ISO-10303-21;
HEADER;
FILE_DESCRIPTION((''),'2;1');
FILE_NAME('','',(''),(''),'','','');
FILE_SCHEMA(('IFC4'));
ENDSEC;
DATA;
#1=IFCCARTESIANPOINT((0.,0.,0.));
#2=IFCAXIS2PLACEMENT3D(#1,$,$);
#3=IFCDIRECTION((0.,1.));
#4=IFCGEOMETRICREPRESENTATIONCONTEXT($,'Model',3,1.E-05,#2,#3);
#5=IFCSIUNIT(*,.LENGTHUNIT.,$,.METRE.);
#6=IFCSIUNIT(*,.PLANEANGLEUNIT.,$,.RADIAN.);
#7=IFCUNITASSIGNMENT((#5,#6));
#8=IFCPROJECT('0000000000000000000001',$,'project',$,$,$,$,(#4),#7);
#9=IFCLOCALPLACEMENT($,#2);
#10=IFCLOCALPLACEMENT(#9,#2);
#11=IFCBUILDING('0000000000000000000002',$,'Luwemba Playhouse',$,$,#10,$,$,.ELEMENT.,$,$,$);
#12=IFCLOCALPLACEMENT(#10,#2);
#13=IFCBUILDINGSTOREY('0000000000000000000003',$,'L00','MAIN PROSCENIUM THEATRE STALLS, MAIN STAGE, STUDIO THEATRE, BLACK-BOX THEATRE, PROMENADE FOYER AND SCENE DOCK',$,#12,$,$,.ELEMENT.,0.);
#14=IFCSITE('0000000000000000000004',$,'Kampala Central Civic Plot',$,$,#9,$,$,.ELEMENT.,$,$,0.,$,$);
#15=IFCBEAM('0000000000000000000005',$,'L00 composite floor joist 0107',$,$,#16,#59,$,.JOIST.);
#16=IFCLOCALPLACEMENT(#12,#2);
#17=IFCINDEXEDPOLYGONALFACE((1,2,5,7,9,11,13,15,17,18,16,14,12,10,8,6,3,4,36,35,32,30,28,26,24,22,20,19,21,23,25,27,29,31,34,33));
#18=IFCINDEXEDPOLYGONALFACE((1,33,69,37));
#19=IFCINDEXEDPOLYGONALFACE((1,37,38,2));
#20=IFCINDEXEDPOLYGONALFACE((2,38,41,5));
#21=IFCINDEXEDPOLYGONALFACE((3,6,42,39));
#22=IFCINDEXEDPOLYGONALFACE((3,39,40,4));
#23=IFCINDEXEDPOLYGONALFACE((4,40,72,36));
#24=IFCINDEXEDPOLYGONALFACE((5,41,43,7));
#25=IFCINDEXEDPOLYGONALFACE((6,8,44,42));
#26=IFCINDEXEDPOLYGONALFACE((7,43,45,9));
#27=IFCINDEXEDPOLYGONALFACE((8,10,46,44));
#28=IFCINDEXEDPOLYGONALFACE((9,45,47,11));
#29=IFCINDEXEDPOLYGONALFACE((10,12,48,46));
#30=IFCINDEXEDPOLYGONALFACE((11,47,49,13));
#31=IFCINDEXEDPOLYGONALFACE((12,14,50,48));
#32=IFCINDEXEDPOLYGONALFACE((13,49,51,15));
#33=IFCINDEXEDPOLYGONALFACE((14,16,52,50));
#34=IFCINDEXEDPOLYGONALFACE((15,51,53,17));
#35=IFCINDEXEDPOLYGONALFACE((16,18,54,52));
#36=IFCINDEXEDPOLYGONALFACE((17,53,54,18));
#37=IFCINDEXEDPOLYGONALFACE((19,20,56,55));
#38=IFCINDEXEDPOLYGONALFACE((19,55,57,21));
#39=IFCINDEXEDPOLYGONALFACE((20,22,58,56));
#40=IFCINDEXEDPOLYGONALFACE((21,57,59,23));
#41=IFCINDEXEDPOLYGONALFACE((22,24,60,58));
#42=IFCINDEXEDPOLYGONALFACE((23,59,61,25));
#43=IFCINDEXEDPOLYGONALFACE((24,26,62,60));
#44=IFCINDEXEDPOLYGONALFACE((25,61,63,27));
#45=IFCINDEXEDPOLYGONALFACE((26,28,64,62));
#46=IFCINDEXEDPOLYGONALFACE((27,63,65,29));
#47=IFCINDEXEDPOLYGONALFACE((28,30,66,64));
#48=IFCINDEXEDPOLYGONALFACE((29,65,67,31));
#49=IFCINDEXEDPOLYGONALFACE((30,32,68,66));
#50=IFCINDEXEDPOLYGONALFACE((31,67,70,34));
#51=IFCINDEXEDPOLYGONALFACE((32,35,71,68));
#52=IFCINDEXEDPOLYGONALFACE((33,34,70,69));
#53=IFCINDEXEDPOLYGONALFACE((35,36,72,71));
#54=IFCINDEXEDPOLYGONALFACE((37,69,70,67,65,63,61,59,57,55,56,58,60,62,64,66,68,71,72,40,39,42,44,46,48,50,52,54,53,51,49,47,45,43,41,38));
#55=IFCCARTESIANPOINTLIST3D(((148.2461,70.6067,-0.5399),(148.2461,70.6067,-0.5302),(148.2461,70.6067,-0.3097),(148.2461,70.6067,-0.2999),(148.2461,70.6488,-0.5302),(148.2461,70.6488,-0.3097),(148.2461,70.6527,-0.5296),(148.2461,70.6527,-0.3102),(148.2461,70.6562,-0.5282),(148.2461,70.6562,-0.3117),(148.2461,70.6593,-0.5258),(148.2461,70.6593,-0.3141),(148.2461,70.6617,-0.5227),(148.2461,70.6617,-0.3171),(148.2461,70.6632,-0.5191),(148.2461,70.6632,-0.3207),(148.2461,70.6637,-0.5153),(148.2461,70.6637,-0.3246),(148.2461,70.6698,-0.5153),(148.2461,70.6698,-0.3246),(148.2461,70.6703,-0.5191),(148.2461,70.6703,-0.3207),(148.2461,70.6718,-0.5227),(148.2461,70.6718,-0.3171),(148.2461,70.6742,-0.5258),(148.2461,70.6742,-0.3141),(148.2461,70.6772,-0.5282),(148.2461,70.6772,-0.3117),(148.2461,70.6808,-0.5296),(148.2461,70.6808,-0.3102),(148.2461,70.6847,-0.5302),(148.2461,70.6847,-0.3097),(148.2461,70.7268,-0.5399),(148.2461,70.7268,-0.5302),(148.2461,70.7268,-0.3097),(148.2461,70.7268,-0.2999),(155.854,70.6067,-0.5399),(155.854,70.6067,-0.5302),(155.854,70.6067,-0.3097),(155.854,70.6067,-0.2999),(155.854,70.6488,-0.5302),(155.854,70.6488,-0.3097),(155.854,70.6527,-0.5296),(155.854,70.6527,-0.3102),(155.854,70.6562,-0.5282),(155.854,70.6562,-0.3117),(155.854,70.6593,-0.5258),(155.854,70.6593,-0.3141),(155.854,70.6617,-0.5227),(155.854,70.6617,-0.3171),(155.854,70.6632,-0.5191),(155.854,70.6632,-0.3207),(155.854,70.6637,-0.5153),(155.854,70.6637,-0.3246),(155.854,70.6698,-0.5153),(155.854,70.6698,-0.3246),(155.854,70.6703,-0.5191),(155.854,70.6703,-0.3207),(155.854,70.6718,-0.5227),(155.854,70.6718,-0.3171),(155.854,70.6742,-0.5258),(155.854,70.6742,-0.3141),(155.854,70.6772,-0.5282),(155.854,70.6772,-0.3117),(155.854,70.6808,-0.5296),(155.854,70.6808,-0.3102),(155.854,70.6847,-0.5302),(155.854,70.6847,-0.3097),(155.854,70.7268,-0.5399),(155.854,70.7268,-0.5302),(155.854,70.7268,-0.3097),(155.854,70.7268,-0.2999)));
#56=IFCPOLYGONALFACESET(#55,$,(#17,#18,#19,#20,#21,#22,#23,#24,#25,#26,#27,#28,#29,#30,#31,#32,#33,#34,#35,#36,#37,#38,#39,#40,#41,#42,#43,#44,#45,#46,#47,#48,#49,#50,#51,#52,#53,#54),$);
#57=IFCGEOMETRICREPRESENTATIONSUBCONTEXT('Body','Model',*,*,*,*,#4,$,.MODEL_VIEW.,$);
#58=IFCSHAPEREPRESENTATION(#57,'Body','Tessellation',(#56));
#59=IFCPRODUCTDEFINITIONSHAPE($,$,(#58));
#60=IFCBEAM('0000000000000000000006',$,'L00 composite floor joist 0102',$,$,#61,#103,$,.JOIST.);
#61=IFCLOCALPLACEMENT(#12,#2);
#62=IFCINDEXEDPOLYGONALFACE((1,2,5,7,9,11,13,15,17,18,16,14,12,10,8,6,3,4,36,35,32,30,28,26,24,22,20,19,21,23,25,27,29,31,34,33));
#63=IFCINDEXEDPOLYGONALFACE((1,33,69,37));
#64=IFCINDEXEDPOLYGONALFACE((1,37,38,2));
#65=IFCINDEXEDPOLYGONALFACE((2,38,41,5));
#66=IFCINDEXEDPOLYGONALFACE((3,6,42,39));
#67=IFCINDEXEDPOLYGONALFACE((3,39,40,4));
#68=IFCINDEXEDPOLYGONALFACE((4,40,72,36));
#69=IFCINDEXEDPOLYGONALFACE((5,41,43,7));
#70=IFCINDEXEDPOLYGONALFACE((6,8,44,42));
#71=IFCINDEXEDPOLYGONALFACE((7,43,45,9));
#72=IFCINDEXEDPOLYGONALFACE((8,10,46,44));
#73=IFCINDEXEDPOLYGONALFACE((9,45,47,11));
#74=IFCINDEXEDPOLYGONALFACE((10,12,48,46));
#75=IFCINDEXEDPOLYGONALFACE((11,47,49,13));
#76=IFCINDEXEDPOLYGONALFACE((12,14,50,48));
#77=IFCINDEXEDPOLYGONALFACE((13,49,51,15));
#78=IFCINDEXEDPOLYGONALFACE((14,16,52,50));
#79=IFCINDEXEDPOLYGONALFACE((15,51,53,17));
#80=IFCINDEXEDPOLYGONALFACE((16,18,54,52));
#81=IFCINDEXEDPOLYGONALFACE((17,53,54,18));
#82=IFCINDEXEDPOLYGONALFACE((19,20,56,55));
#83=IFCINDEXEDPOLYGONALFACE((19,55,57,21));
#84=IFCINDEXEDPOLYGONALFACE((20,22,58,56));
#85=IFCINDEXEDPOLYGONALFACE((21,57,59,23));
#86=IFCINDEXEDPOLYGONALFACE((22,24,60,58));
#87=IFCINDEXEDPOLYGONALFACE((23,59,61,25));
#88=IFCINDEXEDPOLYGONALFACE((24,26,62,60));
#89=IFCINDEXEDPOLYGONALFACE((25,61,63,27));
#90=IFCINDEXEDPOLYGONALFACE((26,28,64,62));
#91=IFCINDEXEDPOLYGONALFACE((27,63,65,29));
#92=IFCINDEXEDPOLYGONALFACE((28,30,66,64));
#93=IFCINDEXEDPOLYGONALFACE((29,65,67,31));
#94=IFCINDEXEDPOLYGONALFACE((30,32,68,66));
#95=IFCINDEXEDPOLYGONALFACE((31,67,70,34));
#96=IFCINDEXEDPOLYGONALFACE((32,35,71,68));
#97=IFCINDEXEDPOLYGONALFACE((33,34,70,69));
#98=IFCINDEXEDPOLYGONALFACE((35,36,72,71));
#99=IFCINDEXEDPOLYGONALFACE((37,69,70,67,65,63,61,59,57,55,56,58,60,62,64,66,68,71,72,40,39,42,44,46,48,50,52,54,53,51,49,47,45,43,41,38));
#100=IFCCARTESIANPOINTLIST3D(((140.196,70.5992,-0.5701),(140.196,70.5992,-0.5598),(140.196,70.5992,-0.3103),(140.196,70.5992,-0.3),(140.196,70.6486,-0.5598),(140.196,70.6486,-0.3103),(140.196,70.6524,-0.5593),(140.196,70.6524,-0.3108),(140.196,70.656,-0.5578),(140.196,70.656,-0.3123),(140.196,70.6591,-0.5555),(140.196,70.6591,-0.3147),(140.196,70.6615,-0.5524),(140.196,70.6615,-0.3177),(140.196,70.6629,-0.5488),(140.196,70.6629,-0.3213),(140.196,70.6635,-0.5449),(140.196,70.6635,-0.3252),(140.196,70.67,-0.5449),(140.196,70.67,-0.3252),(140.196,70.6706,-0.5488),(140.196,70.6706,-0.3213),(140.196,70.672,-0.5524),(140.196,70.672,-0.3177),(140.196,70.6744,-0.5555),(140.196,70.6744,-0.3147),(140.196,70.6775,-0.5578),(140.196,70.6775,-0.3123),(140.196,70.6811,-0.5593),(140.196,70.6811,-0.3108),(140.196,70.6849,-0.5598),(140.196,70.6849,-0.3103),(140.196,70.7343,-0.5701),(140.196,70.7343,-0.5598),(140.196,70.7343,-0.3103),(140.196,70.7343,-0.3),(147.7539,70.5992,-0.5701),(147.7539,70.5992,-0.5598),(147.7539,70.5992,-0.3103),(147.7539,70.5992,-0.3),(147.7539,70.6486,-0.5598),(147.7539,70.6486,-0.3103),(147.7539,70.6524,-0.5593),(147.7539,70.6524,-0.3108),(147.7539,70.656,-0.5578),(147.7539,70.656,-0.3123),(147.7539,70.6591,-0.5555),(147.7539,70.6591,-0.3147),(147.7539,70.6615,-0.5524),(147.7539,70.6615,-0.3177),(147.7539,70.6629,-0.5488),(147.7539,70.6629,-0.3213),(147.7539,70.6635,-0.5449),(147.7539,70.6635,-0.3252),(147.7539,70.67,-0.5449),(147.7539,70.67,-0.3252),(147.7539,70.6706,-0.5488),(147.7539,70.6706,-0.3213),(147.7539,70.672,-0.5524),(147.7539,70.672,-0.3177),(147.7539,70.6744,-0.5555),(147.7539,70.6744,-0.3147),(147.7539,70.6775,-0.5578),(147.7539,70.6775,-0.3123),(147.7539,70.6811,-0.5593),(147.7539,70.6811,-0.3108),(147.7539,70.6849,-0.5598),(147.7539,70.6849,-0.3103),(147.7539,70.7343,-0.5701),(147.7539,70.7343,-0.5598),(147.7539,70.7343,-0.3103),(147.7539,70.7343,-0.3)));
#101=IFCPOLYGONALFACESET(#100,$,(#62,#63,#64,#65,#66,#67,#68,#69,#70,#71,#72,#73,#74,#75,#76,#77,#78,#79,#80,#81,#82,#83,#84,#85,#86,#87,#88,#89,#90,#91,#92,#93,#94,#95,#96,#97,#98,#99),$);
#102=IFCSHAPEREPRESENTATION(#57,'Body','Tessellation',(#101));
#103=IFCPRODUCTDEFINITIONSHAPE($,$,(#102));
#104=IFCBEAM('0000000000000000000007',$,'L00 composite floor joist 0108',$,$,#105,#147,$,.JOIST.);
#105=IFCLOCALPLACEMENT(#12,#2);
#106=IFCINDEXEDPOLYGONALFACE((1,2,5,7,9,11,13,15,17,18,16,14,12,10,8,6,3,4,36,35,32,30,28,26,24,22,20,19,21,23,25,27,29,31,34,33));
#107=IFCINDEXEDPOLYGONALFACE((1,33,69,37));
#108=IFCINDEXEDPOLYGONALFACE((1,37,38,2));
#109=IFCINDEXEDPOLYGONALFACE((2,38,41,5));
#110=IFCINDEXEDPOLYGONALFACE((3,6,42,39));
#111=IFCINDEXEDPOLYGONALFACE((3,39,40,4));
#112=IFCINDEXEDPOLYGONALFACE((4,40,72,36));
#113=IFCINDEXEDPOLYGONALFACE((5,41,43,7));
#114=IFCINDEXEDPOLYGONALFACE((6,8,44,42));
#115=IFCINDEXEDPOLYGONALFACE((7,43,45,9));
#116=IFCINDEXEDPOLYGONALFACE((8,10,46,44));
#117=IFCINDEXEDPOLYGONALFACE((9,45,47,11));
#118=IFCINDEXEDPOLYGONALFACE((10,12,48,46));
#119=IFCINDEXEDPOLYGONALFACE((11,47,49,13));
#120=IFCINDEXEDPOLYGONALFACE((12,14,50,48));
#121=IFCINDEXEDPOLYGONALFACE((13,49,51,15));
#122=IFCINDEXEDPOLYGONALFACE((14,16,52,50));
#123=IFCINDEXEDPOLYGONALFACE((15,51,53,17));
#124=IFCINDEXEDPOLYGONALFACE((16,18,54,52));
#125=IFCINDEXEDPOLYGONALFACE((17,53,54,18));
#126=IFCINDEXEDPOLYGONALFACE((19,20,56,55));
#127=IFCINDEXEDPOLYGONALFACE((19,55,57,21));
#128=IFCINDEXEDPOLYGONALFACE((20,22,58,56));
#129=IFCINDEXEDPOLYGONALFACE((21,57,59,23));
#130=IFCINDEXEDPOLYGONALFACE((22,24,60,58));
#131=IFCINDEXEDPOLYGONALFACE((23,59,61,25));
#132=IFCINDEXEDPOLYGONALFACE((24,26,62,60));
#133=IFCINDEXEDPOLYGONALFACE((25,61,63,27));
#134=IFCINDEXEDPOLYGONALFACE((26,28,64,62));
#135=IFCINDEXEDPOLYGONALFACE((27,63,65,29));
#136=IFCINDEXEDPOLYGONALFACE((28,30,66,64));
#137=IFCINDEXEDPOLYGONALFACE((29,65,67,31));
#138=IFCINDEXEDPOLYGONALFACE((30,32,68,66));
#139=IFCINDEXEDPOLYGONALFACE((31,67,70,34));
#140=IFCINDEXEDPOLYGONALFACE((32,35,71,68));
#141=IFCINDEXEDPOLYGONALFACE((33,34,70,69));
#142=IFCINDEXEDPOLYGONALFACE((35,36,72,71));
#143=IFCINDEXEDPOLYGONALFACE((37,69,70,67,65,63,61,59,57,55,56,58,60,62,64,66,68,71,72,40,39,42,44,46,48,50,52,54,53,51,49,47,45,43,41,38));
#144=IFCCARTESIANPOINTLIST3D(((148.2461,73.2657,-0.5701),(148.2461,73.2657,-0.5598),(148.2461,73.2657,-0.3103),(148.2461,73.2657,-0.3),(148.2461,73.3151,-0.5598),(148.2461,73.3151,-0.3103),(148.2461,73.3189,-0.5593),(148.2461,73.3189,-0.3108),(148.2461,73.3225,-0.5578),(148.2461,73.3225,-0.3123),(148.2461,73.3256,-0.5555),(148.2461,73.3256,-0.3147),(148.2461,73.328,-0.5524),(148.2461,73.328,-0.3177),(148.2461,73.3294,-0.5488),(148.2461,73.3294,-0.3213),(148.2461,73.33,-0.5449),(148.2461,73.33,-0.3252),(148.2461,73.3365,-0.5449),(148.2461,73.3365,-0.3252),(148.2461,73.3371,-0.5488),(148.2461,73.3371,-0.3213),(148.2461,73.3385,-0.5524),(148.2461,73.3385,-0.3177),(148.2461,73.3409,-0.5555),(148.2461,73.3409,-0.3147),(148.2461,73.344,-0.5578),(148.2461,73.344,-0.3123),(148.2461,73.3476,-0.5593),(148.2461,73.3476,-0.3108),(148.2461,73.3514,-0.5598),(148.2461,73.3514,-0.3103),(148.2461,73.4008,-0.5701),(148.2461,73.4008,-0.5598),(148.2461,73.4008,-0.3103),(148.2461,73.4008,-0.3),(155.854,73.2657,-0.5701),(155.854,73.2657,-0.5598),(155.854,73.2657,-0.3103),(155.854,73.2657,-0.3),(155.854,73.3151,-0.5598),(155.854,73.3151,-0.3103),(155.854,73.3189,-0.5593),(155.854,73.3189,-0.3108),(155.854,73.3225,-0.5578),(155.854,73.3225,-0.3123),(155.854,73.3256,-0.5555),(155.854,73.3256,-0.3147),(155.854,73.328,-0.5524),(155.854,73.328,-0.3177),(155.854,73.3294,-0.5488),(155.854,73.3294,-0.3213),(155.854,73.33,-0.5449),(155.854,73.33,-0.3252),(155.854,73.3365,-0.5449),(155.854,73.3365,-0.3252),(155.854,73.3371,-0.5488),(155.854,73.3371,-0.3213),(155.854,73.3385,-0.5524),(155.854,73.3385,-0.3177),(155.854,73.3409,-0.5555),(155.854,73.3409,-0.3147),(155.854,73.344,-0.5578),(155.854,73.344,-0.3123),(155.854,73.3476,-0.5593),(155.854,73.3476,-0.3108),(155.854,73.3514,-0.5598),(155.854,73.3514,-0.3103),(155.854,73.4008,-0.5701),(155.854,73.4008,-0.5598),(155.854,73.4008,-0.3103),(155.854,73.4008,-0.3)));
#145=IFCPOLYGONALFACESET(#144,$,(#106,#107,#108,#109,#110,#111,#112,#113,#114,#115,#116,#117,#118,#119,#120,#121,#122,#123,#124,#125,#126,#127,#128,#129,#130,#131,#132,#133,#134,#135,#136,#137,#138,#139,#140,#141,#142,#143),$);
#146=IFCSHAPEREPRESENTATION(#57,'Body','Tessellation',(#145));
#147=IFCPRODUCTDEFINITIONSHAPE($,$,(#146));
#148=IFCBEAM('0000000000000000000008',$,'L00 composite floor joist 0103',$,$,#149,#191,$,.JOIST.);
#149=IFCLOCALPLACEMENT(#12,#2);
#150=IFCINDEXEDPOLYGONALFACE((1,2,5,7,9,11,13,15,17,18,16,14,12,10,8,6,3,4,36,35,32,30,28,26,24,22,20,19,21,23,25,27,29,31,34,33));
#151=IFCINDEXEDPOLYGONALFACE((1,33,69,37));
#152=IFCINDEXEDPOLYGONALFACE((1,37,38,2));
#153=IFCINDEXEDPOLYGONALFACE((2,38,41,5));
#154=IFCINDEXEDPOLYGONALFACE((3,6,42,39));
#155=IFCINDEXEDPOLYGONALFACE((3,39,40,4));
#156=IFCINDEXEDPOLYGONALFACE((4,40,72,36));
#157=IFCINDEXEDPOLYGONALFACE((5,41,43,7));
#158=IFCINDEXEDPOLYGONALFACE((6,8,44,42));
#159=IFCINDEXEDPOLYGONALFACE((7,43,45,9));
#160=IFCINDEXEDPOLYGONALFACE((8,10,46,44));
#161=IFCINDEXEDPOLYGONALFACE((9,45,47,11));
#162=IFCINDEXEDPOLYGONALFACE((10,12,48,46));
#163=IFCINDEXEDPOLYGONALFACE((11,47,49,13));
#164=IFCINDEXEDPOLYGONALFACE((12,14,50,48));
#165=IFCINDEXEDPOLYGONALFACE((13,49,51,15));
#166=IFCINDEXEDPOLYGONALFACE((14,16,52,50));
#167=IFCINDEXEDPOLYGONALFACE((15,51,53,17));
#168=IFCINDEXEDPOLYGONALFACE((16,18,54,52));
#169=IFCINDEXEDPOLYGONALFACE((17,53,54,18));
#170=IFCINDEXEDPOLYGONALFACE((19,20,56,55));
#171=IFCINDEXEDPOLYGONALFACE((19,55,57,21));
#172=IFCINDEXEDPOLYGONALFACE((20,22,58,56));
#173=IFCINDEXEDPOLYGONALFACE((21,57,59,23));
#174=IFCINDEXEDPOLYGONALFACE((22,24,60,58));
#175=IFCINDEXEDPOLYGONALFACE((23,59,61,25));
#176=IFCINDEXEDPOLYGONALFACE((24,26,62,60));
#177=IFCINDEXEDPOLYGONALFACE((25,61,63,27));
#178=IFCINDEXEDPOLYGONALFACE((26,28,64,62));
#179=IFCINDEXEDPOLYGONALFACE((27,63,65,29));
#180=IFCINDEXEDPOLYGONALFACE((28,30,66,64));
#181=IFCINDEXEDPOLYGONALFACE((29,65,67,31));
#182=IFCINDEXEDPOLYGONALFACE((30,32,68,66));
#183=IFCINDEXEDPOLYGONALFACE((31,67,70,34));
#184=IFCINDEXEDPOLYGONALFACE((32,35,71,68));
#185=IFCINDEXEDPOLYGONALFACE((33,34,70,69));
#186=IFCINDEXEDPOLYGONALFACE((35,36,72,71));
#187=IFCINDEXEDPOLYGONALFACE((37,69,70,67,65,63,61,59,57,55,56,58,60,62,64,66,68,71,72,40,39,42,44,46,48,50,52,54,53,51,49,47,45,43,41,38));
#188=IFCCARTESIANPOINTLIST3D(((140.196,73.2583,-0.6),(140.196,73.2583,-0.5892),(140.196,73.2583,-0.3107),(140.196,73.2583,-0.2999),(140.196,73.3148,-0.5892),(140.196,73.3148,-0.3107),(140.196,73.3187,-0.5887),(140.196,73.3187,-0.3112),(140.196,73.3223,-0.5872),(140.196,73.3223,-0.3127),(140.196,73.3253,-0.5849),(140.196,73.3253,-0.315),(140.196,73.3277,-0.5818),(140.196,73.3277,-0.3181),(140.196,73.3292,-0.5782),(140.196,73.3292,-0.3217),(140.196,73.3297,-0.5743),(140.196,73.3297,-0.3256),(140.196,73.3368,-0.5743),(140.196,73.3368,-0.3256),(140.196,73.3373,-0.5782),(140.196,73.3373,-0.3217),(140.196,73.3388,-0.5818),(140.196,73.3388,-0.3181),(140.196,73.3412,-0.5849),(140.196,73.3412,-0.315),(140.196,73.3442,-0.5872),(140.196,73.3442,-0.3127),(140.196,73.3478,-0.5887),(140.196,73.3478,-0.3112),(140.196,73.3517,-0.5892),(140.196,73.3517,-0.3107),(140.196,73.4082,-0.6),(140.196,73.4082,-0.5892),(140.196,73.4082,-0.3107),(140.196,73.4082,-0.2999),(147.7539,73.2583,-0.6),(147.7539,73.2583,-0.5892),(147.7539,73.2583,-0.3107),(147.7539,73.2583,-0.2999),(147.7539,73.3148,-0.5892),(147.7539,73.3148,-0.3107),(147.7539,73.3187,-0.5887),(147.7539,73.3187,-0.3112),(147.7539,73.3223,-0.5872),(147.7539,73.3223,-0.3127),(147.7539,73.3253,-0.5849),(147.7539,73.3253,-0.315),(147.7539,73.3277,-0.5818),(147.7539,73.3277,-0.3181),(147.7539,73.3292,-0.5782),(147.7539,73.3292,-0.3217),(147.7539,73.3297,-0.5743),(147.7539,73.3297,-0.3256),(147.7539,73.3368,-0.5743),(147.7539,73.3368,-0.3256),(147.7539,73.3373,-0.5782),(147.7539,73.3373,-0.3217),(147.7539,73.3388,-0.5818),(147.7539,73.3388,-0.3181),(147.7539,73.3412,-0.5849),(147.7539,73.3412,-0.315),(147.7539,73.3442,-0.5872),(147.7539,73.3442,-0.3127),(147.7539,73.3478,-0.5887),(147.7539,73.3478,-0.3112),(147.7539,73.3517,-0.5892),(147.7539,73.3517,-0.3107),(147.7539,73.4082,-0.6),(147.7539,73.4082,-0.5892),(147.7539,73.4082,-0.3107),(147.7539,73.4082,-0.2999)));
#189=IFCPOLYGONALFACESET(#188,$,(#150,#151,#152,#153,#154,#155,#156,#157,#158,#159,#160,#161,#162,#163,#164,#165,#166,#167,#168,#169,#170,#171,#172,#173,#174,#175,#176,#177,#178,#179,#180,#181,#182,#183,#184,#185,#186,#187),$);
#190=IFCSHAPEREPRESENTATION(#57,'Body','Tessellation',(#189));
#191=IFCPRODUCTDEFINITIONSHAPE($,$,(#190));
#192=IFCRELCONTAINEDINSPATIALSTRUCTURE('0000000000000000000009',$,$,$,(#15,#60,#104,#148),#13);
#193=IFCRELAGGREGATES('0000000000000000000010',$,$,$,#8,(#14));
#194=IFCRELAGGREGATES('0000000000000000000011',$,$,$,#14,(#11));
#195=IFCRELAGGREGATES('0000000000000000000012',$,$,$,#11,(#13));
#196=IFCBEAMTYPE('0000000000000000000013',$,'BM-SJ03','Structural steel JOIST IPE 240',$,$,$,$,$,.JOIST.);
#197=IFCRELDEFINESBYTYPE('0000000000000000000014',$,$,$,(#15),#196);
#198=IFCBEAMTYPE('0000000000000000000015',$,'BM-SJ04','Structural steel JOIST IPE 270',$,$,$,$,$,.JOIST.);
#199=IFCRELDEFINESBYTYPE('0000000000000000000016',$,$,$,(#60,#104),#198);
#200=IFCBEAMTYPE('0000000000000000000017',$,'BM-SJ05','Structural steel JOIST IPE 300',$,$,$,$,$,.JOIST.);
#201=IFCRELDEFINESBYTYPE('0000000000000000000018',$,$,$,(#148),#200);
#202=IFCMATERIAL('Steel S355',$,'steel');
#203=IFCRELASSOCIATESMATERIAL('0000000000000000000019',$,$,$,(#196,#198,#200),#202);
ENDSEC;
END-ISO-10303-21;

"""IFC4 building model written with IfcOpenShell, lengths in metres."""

from ifc_helpers import new_model, si_unit, direction, frame, origin, origin_2d, place, context, subcontext, project, spatial, i_section, extrude, material, material_profile, profile_set, type_object, element, save


model = new_model("IFC4")

# Units and contexts
model_context = context("Model", 3, precision=1e-05, world=origin(), true_north=direction((0.0, 1.0)))
body_context = subcontext(model_context, "Body", "Model", "MODEL_VIEW")
ifc_project = project(units=[si_unit("LENGTHUNIT", "METRE"), si_unit("PLANEANGLEUNIT", "RADIAN")], contexts=[model_context])

# Site, building, storey
site_placement = place(None, origin())
site = spatial("IfcSite", under=ifc_project, at=site_placement, Name="Kampala Central Civic Plot", CompositionType="ELEMENT", RefElevation=0.0)
building_placement = place(site_placement, origin())
building = spatial("IfcBuilding", under=site, at=building_placement, Name="Luwemba Playhouse", CompositionType="ELEMENT")
storey_placement = place(building_placement, origin())
storey = spatial("IfcBuildingStorey", under=building, at=storey_placement, Name="L00", Description="MAIN PROSCENIUM THEATRE STALLS, MAIN STAGE, STUDIO THEATRE, BLACK-BOX THEATRE, PROMENADE FOYER AND SCENE DOCK", CompositionType="ELEMENT", Elevation=0.0)

# Beams
ifc_material_1 = material(Name="Steel S355", Category="steel")
ifc_material_profile_1 = material_profile(ifc_material_1, i_section(OverallWidth=0.1201, OverallDepth=0.24, WebThickness=0.0061, FlangeThickness=0.0098, FilletRadius=0.0149, at=origin_2d()))
ifc_profile_set_1 = profile_set([ifc_material_profile_1], Name="Steel S355")
beam_type_1 = type_object("IfcBeamType", Name="BM-SJ03", Description="Structural steel JOIST IPE 240", PredefinedType="JOIST", material=ifc_profile_set_1)
beam_1_placement = place(storey_placement, frame((148.2461, 70.6667, -0.4199), z_axis=(1.0, 0.0, 0.0), x_axis=(0.0, 1.0, 0.0)))
element("IfcBeam", 1, at=beam_1_placement, inside=storey, type_object=beam_type_1, Name="L00 composite floor joist 0107", PredefinedType="JOIST", context=body_context, shape_type="SweptSolid", body=[
    extrude(i_section(OverallWidth=0.1201, OverallDepth=0.24, WebThickness=0.0061, FlangeThickness=0.0098, FilletRadius=0.0149, at=origin_2d()), origin(), (0.0, 0.0, 1.0), 7.6079),
])
ifc_material_profile_2 = material_profile(ifc_material_1, i_section(OverallWidth=0.135, OverallDepth=0.27, WebThickness=0.0066, FlangeThickness=0.0103, FilletRadius=0.0149, at=origin_2d()))
ifc_profile_set_2 = profile_set([ifc_material_profile_2], Name="Steel S355")
beam_type_2 = type_object("IfcBeamType", Name="BM-SJ04", Description="Structural steel JOIST IPE 270", PredefinedType="JOIST", material=ifc_profile_set_2)
beam_2_placement = place(storey_placement, frame((140.196, 70.6667, -0.4351), z_axis=(1.0, 0.0, 0.0), x_axis=(0.0, 1.0, 0.0)))
element("IfcBeam", 2, at=beam_2_placement, inside=storey, type_object=beam_type_2, Name="L00 composite floor joist 0102", PredefinedType="JOIST", context=body_context, shape_type="SweptSolid", body=[
    extrude(i_section(OverallWidth=0.135, OverallDepth=0.27, WebThickness=0.0066, FlangeThickness=0.0103, FilletRadius=0.0149, at=origin_2d()), origin(), (0.0, 0.0, 1.0), 7.5579),
])
beam_3_placement = place(storey_placement, frame((148.2461, 73.3333, -0.4351), z_axis=(1.0, 0.0, 0.0), x_axis=(0.0, 1.0, 0.0)))
element("IfcBeam", 3, at=beam_3_placement, inside=storey, type_object=beam_type_2, Name="L00 composite floor joist 0108", PredefinedType="JOIST", context=body_context, shape_type="SweptSolid", body=[
    extrude(i_section(OverallWidth=0.135, OverallDepth=0.27, WebThickness=0.0066, FlangeThickness=0.0103, FilletRadius=0.0149, at=origin_2d()), origin(), (0.0, 0.0, 1.0), 7.6079),
])
ifc_material_profile_3 = material_profile(ifc_material_1, i_section(OverallWidth=0.1499, OverallDepth=0.3, WebThickness=0.0071, FlangeThickness=0.0107, FilletRadius=0.0149, at=origin_2d()))
ifc_profile_set_3 = profile_set([ifc_material_profile_3], Name="Steel S355")
beam_type_3 = type_object("IfcBeamType", Name="BM-SJ05", Description="Structural steel JOIST IPE 300", PredefinedType="JOIST", material=ifc_profile_set_3)
beam_4_placement = place(storey_placement, frame((140.196, 73.3333, -0.45), z_axis=(1.0, 0.0, 0.0), x_axis=(0.0, 1.0, 0.0)))
element("IfcBeam", 4, at=beam_4_placement, inside=storey, type_object=beam_type_3, Name="L00 composite floor joist 0103", PredefinedType="JOIST", context=body_context, shape_type="SweptSolid", body=[
    extrude(i_section(OverallWidth=0.1499, OverallDepth=0.3, WebThickness=0.0071, FlangeThickness=0.0107, FilletRadius=0.0149, at=origin_2d()), origin(), (0.0, 0.0, 1.0), 7.5579),
])

save(model, "model.ifc")
